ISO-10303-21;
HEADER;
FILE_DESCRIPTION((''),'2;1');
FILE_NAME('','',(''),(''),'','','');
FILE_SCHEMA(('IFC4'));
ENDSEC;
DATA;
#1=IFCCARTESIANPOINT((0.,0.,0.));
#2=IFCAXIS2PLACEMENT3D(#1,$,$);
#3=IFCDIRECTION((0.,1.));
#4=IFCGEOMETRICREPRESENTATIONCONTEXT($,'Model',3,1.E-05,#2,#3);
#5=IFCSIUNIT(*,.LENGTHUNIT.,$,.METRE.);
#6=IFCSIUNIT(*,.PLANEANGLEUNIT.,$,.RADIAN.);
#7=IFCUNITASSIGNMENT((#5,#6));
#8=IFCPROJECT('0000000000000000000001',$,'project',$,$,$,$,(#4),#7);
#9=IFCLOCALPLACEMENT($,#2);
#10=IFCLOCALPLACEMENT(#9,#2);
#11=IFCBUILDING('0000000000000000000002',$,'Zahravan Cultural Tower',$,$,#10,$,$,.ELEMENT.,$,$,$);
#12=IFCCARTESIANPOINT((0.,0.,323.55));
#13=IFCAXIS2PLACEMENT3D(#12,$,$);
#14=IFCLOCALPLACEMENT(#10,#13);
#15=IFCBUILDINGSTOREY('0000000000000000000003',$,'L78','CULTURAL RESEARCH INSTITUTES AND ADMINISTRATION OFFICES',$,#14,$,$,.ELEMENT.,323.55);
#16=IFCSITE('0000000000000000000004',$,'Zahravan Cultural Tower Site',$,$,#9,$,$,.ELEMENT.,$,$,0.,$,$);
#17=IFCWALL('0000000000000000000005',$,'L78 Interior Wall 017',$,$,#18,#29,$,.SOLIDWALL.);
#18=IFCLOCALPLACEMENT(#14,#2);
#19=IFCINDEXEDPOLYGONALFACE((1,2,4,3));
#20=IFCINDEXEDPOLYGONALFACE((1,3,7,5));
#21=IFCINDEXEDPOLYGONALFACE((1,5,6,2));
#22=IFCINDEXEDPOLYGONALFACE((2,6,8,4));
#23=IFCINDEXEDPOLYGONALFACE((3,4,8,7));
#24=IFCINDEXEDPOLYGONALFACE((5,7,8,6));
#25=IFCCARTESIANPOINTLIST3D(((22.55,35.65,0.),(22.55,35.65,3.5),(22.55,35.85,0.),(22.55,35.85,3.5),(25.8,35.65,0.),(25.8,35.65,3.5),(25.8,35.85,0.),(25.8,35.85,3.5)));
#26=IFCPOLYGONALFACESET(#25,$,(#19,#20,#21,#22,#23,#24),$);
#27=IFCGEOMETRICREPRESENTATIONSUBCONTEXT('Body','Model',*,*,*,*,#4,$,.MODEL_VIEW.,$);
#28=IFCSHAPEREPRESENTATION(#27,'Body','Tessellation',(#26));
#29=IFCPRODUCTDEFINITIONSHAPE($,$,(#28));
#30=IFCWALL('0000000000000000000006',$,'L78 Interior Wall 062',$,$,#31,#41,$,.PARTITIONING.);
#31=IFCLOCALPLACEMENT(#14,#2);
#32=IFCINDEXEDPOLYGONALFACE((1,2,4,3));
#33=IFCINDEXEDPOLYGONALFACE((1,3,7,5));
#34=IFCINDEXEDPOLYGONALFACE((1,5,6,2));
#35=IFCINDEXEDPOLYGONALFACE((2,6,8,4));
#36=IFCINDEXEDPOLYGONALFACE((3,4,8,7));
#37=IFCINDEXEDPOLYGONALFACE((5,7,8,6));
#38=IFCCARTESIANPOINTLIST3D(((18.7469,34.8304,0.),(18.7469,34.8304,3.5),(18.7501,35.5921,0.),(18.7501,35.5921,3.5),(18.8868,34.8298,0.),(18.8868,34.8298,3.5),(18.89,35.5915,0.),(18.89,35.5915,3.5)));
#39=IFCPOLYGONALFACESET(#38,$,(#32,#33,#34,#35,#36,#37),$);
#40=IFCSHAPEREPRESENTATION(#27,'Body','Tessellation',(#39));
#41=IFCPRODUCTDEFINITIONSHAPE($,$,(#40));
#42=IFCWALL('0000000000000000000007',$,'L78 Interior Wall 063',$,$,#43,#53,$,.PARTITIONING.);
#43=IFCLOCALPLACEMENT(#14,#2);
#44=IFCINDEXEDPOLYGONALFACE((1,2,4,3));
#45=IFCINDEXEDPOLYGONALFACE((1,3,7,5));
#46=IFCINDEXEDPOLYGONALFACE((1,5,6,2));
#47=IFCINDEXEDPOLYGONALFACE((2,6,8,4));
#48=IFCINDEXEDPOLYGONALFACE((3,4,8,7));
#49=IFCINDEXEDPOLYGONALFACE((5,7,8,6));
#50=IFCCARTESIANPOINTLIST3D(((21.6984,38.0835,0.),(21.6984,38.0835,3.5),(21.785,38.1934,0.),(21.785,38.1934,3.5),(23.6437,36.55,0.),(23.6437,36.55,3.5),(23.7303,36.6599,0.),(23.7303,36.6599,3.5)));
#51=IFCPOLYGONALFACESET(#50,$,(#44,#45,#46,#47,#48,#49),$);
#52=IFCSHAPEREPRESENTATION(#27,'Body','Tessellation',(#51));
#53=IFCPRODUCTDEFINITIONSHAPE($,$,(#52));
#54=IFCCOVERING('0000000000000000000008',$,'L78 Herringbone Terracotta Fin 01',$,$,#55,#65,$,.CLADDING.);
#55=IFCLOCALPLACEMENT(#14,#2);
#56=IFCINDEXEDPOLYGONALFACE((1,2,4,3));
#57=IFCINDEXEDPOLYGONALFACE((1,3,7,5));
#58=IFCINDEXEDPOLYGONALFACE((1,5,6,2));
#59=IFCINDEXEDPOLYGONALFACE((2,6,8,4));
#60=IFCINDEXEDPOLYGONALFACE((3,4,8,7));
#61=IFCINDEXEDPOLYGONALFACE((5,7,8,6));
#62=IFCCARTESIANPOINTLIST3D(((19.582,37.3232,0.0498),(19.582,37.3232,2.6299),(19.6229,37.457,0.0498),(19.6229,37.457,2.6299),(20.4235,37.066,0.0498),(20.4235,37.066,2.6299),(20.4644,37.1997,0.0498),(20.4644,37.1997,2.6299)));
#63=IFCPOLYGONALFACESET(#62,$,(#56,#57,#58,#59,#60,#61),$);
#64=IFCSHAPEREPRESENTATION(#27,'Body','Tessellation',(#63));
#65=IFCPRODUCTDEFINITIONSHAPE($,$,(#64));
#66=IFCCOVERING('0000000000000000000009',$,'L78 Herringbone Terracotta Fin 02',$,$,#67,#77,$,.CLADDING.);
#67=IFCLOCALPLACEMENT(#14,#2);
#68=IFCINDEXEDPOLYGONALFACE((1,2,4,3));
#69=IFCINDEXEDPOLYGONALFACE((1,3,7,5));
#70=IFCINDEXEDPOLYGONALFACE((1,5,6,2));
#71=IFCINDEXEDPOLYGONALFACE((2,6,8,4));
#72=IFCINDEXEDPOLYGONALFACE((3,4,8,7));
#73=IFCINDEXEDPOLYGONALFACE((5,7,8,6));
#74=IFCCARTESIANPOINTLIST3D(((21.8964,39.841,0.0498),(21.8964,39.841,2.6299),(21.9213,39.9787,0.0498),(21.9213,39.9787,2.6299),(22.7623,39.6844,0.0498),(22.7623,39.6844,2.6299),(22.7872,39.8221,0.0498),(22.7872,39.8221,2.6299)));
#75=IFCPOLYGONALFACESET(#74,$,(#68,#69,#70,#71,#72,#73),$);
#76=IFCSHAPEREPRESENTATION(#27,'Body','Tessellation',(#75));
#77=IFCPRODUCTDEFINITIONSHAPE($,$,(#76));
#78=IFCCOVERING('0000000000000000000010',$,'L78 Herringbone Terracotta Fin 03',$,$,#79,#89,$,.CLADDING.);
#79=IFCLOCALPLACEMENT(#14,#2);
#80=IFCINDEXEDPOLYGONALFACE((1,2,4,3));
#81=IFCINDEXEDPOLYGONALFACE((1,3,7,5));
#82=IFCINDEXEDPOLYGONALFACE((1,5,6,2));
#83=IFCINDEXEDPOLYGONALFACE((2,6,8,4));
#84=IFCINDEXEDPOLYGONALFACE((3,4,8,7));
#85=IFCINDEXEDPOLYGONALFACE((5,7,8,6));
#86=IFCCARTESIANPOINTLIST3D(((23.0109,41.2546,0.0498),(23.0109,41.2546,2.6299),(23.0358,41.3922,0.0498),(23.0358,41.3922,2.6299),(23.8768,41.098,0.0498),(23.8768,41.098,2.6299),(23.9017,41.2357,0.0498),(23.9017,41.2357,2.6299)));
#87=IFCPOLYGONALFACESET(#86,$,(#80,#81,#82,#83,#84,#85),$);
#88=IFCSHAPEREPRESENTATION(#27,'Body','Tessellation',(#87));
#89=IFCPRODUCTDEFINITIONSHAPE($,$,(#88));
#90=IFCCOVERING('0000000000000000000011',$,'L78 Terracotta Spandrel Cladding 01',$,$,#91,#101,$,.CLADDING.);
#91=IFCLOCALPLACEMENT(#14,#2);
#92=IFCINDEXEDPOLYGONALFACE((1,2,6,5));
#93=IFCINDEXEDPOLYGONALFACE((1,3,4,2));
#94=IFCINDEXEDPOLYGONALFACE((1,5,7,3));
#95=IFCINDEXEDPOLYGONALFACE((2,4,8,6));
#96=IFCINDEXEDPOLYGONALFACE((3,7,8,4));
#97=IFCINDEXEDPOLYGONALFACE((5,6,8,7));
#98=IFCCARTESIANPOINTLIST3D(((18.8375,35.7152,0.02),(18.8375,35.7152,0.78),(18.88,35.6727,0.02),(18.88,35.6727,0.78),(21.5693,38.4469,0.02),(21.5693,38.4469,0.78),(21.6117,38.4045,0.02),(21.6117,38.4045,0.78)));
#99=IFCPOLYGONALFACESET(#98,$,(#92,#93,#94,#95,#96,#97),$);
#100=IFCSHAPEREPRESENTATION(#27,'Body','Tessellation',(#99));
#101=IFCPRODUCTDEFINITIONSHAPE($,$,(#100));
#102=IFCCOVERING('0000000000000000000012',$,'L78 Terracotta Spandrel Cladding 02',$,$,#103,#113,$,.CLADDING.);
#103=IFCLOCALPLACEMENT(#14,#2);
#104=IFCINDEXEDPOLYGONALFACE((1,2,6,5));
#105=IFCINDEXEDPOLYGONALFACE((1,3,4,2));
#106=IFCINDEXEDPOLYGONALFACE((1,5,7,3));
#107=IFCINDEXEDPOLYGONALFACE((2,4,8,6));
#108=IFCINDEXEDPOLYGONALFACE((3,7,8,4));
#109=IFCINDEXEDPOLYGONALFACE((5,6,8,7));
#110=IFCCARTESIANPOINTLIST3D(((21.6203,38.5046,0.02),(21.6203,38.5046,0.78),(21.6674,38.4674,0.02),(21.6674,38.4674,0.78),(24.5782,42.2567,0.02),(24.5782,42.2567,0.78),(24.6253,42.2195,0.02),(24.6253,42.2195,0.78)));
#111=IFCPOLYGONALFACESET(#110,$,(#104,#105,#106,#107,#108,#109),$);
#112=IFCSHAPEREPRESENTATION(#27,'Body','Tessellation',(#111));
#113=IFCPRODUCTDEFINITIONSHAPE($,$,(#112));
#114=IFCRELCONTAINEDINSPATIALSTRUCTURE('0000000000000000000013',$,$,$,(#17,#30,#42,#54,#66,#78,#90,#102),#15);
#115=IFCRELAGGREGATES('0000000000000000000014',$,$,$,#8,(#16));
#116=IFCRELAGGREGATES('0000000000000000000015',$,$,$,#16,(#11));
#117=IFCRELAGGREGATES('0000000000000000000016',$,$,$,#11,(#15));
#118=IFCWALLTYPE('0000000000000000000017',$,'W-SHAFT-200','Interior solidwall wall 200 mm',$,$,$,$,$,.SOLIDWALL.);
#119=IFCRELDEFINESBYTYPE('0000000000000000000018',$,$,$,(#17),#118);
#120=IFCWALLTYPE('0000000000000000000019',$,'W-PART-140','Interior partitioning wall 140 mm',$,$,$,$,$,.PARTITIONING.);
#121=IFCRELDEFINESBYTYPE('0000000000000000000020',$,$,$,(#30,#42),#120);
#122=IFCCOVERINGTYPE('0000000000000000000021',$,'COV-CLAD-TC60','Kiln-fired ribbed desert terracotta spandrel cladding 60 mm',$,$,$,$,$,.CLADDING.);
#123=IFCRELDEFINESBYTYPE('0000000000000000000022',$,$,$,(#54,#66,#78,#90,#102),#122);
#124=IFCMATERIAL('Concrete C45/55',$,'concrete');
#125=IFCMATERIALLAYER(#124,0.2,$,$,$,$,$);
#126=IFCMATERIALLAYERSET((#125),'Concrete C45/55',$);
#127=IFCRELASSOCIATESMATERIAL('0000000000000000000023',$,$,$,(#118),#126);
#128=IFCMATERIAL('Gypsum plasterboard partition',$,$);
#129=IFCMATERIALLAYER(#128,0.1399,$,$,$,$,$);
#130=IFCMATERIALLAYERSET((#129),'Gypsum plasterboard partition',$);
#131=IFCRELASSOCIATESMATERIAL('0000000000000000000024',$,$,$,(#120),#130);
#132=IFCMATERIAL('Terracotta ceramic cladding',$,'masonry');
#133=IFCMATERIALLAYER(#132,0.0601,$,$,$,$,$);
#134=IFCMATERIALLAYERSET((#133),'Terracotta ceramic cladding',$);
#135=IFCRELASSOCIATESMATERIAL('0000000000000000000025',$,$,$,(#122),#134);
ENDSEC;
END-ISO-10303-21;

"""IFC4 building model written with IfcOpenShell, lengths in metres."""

from ifc_helpers import new_model, si_unit, direction, frame, frame_2d, origin, origin_2d, place, context, subcontext, project, spatial, rectangle, extrude, source, transform, mapped, material, layer, layer_set, type_object, element, save


model = new_model("IFC4")

# Units and contexts
model_context = context("Model", 3, precision=1e-05, world=origin(), true_north=direction((0.0, 1.0)))
body_context = subcontext(model_context, "Body", "Model", "MODEL_VIEW")
ifc_project = project(units=[si_unit("LENGTHUNIT", "METRE"), si_unit("PLANEANGLEUNIT", "RADIAN")], contexts=[model_context])

# Site, building, storey
site_placement = place(None, origin())
site = spatial("IfcSite", under=ifc_project, at=site_placement, Name="Zahravan Cultural Tower Site", CompositionType="ELEMENT", RefElevation=0.0)
building_placement = place(site_placement, origin())
building = spatial("IfcBuilding", under=site, at=building_placement, Name="Zahravan Cultural Tower", CompositionType="ELEMENT")
storey_placement = place(building_placement, frame((0.0, 0.0, 323.55)))
storey = spatial("IfcBuildingStorey", under=building, at=storey_placement, Name="L78", Description="CULTURAL RESEARCH INSTITUTES AND ADMINISTRATION OFFICES", CompositionType="ELEMENT", Elevation=323.55)

# Walls
ifc_material_1 = material(Name="Concrete C45/55", Category="concrete")
ifc_layer_1 = layer(ifc_material_1, 0.2)
ifc_layer_set_1 = layer_set([ifc_layer_1], Name="Concrete C45/55")
wall_type_1 = type_object("IfcWallType", Name="W-SHAFT-200", Description="Interior solidwall wall 200 mm", PredefinedType="SOLIDWALL", material=ifc_layer_set_1)
shared_shape_1 = source(origin(), body_context, "Body", "SweptSolid", [
    extrude(rectangle(XDim=3.25, YDim=0.2, at=frame_2d((1.625, 0.0))), origin(), (0.0, 0.0, 1.0), 3.5),
])
wall_1_placement = place(storey_placement, frame((22.55, 35.75, 0.0), z_axis=(0.0, 0.0, 1.0), x_axis=(1.0, 0.0, 0.0)))
element("IfcWall", 1, at=wall_1_placement, inside=storey, type_object=wall_type_1, Name="L78 Interior Wall 017", PredefinedType="SOLIDWALL", context=body_context, shape_type="MappedRepresentation", body=[
    mapped(shared_shape_1, transform((0.0, 0.0, 0.0), x_axis=(1.0, 0.0, 0.0), y_axis=(0.0, 1.0, 0.0), z_axis=(0.0, 0.0, 1.0), scale=1.0)),
])
ifc_material_2 = material(Name="Gypsum plasterboard partition")
ifc_layer_2 = layer(ifc_material_2, 0.1399)
ifc_layer_set_2 = layer_set([ifc_layer_2], Name="Gypsum plasterboard partition")
wall_type_2 = type_object("IfcWallType", Name="W-PART-140", Description="Interior partitioning wall 140 mm", PredefinedType="PARTITIONING", material=ifc_layer_set_2)
shared_shape_2 = source(origin(), body_context, "Body", "SweptSolid", [
    extrude(rectangle(XDim=0.7617, YDim=0.1399, at=frame_2d((0.3809, 0.0))), origin(), (0.0, 0.0, 1.0), 3.5),
])
wall_2_placement = place(storey_placement, frame((18.8169, 34.8301, 0.0), z_axis=(0.0, 0.0, 1.0), x_axis=(0.004167, 0.999991, 0.0)))
element("IfcWall", 2, at=wall_2_placement, inside=storey, type_object=wall_type_2, Name="L78 Interior Wall 062", PredefinedType="PARTITIONING", context=body_context, shape_type="MappedRepresentation", body=[
    mapped(shared_shape_2, transform((0.0, 0.0, 0.0), x_axis=(1.0, 0.0, 0.0), y_axis=(0.0, 1.0, 0.0), z_axis=(0.0, 0.0, 1.0), scale=1.0)),
])
shared_shape_3 = source(origin(), body_context, "Body", "SweptSolid", [
    extrude(rectangle(XDim=2.4771, YDim=0.1399, at=frame_2d((1.2385, 0.0))), origin(), (0.0, 0.0, 1.0), 3.5),
])
wall_3_placement = place(storey_placement, frame((21.7417, 38.1384, 0.0), z_axis=(0.0, 0.0, 1.0), x_axis=(0.785339, -0.619066, 0.0)))
element("IfcWall", 3, at=wall_3_placement, inside=storey, type_object=wall_type_2, Name="L78 Interior Wall 063", PredefinedType="PARTITIONING", context=body_context, shape_type="MappedRepresentation", body=[
    mapped(shared_shape_3, transform((0.0, 0.0, 0.0), x_axis=(1.0, 0.0, 0.0), y_axis=(0.0, 1.0, 0.0), z_axis=(0.0, 0.0, 1.0), scale=1.0)),
])

# Coverings
ifc_material_3 = material(Name="Terracotta ceramic cladding", Category="masonry")
ifc_layer_3 = layer(ifc_material_3, 0.0601)
ifc_layer_set_3 = layer_set([ifc_layer_3], Name="Terracotta ceramic cladding")
covering_type = type_object("IfcCoveringType", Name="COV-CLAD-TC60", Description="Kiln-fired ribbed desert terracotta spandrel cladding 60 mm", PredefinedType="CLADDING", material=ifc_layer_set_3)
shared_shape_4 = source(origin(), body_context, "Body", "SweptSolid", [
    extrude(rectangle(XDim=0.8799, YDim=0.1399, at=origin_2d()), origin(), (0.0, 0.0, 1.0), 2.5801),
])
for number, where, z_axis, x_axis, name in (
    (4, (20.0232, 37.2615, 0.0498), (0.0, 0.0, 1.0), (-0.956305, 0.292372, 0.0), "L78 Herringbone Terracotta Fin 01"),
    (5, (22.3418, 39.8315, 0.0498), (0.0, 0.0, 1.0), (-0.984041, 0.177944, 0.0), "L78 Herringbone Terracotta Fin 02"),
    (6, (23.4563, 41.2451, 0.0498), (0.0, 0.0, 1.0), (-0.984041, 0.177944, 0.0), "L78 Herringbone Terracotta Fin 03"),
):
    element("IfcCovering", number, at=place(storey_placement, frame(where, z_axis=z_axis, x_axis=x_axis)), inside=storey, type_object=covering_type, Name=name, PredefinedType="CLADDING", context=body_context, shape_type="MappedRepresentation", body=[
        mapped(shared_shape_4, transform((0.0, 0.0, 0.0), x_axis=(1.0, 0.0, 0.0), y_axis=(0.0, 1.0, 0.0), z_axis=(0.0, 0.0, 1.0), scale=1.0)),
    ])
shared_shape_5 = source(origin(), body_context, "Body", "SweptSolid", [
    extrude(rectangle(XDim=3.8633, YDim=0.0601, at=origin_2d()), origin(), (0.0, 0.0, 1.0), 0.76),
])
covering_1_placement = place(storey_placement, frame((20.2246, 37.0598, 0.02), z_axis=(0.0, 0.0, 1.0), x_axis=(0.707107, 0.707107, 0.0)))
element("IfcCovering", 7, at=covering_1_placement, inside=storey, type_object=covering_type, Name="L78 Terracotta Spandrel Cladding 01", PredefinedType="CLADDING", context=body_context, shape_type="MappedRepresentation", body=[
    mapped(shared_shape_5, transform((0.0, 0.0, 0.0), x_axis=(1.0, 0.0, 0.0), y_axis=(0.0, 1.0, 0.0), z_axis=(0.0, 0.0, 1.0), scale=1.0)),
])
shared_shape_6 = source(origin(), body_context, "Body", "SweptSolid", [
    extrude(rectangle(XDim=4.7778, YDim=0.0601, at=origin_2d()), origin(), (0.0, 0.0, 1.0), 0.76),
])
covering_2_placement = place(storey_placement, frame((23.1228, 40.3621, 0.02), z_axis=(0.0, 0.0, 1.0), x_axis=(0.619094, 0.785317, 0.0)))
element("IfcCovering", 8, at=covering_2_placement, inside=storey, type_object=covering_type, Name="L78 Terracotta Spandrel Cladding 02", PredefinedType="CLADDING", context=body_context, shape_type="MappedRepresentation", body=[
    mapped(shared_shape_6, transform((0.0, 0.0, 0.0), x_axis=(1.0, 0.0, 0.0), y_axis=(0.0, 1.0, 0.0), z_axis=(0.0, 0.0, 1.0), scale=1.0)),
])

save(model, "model.ifc")
